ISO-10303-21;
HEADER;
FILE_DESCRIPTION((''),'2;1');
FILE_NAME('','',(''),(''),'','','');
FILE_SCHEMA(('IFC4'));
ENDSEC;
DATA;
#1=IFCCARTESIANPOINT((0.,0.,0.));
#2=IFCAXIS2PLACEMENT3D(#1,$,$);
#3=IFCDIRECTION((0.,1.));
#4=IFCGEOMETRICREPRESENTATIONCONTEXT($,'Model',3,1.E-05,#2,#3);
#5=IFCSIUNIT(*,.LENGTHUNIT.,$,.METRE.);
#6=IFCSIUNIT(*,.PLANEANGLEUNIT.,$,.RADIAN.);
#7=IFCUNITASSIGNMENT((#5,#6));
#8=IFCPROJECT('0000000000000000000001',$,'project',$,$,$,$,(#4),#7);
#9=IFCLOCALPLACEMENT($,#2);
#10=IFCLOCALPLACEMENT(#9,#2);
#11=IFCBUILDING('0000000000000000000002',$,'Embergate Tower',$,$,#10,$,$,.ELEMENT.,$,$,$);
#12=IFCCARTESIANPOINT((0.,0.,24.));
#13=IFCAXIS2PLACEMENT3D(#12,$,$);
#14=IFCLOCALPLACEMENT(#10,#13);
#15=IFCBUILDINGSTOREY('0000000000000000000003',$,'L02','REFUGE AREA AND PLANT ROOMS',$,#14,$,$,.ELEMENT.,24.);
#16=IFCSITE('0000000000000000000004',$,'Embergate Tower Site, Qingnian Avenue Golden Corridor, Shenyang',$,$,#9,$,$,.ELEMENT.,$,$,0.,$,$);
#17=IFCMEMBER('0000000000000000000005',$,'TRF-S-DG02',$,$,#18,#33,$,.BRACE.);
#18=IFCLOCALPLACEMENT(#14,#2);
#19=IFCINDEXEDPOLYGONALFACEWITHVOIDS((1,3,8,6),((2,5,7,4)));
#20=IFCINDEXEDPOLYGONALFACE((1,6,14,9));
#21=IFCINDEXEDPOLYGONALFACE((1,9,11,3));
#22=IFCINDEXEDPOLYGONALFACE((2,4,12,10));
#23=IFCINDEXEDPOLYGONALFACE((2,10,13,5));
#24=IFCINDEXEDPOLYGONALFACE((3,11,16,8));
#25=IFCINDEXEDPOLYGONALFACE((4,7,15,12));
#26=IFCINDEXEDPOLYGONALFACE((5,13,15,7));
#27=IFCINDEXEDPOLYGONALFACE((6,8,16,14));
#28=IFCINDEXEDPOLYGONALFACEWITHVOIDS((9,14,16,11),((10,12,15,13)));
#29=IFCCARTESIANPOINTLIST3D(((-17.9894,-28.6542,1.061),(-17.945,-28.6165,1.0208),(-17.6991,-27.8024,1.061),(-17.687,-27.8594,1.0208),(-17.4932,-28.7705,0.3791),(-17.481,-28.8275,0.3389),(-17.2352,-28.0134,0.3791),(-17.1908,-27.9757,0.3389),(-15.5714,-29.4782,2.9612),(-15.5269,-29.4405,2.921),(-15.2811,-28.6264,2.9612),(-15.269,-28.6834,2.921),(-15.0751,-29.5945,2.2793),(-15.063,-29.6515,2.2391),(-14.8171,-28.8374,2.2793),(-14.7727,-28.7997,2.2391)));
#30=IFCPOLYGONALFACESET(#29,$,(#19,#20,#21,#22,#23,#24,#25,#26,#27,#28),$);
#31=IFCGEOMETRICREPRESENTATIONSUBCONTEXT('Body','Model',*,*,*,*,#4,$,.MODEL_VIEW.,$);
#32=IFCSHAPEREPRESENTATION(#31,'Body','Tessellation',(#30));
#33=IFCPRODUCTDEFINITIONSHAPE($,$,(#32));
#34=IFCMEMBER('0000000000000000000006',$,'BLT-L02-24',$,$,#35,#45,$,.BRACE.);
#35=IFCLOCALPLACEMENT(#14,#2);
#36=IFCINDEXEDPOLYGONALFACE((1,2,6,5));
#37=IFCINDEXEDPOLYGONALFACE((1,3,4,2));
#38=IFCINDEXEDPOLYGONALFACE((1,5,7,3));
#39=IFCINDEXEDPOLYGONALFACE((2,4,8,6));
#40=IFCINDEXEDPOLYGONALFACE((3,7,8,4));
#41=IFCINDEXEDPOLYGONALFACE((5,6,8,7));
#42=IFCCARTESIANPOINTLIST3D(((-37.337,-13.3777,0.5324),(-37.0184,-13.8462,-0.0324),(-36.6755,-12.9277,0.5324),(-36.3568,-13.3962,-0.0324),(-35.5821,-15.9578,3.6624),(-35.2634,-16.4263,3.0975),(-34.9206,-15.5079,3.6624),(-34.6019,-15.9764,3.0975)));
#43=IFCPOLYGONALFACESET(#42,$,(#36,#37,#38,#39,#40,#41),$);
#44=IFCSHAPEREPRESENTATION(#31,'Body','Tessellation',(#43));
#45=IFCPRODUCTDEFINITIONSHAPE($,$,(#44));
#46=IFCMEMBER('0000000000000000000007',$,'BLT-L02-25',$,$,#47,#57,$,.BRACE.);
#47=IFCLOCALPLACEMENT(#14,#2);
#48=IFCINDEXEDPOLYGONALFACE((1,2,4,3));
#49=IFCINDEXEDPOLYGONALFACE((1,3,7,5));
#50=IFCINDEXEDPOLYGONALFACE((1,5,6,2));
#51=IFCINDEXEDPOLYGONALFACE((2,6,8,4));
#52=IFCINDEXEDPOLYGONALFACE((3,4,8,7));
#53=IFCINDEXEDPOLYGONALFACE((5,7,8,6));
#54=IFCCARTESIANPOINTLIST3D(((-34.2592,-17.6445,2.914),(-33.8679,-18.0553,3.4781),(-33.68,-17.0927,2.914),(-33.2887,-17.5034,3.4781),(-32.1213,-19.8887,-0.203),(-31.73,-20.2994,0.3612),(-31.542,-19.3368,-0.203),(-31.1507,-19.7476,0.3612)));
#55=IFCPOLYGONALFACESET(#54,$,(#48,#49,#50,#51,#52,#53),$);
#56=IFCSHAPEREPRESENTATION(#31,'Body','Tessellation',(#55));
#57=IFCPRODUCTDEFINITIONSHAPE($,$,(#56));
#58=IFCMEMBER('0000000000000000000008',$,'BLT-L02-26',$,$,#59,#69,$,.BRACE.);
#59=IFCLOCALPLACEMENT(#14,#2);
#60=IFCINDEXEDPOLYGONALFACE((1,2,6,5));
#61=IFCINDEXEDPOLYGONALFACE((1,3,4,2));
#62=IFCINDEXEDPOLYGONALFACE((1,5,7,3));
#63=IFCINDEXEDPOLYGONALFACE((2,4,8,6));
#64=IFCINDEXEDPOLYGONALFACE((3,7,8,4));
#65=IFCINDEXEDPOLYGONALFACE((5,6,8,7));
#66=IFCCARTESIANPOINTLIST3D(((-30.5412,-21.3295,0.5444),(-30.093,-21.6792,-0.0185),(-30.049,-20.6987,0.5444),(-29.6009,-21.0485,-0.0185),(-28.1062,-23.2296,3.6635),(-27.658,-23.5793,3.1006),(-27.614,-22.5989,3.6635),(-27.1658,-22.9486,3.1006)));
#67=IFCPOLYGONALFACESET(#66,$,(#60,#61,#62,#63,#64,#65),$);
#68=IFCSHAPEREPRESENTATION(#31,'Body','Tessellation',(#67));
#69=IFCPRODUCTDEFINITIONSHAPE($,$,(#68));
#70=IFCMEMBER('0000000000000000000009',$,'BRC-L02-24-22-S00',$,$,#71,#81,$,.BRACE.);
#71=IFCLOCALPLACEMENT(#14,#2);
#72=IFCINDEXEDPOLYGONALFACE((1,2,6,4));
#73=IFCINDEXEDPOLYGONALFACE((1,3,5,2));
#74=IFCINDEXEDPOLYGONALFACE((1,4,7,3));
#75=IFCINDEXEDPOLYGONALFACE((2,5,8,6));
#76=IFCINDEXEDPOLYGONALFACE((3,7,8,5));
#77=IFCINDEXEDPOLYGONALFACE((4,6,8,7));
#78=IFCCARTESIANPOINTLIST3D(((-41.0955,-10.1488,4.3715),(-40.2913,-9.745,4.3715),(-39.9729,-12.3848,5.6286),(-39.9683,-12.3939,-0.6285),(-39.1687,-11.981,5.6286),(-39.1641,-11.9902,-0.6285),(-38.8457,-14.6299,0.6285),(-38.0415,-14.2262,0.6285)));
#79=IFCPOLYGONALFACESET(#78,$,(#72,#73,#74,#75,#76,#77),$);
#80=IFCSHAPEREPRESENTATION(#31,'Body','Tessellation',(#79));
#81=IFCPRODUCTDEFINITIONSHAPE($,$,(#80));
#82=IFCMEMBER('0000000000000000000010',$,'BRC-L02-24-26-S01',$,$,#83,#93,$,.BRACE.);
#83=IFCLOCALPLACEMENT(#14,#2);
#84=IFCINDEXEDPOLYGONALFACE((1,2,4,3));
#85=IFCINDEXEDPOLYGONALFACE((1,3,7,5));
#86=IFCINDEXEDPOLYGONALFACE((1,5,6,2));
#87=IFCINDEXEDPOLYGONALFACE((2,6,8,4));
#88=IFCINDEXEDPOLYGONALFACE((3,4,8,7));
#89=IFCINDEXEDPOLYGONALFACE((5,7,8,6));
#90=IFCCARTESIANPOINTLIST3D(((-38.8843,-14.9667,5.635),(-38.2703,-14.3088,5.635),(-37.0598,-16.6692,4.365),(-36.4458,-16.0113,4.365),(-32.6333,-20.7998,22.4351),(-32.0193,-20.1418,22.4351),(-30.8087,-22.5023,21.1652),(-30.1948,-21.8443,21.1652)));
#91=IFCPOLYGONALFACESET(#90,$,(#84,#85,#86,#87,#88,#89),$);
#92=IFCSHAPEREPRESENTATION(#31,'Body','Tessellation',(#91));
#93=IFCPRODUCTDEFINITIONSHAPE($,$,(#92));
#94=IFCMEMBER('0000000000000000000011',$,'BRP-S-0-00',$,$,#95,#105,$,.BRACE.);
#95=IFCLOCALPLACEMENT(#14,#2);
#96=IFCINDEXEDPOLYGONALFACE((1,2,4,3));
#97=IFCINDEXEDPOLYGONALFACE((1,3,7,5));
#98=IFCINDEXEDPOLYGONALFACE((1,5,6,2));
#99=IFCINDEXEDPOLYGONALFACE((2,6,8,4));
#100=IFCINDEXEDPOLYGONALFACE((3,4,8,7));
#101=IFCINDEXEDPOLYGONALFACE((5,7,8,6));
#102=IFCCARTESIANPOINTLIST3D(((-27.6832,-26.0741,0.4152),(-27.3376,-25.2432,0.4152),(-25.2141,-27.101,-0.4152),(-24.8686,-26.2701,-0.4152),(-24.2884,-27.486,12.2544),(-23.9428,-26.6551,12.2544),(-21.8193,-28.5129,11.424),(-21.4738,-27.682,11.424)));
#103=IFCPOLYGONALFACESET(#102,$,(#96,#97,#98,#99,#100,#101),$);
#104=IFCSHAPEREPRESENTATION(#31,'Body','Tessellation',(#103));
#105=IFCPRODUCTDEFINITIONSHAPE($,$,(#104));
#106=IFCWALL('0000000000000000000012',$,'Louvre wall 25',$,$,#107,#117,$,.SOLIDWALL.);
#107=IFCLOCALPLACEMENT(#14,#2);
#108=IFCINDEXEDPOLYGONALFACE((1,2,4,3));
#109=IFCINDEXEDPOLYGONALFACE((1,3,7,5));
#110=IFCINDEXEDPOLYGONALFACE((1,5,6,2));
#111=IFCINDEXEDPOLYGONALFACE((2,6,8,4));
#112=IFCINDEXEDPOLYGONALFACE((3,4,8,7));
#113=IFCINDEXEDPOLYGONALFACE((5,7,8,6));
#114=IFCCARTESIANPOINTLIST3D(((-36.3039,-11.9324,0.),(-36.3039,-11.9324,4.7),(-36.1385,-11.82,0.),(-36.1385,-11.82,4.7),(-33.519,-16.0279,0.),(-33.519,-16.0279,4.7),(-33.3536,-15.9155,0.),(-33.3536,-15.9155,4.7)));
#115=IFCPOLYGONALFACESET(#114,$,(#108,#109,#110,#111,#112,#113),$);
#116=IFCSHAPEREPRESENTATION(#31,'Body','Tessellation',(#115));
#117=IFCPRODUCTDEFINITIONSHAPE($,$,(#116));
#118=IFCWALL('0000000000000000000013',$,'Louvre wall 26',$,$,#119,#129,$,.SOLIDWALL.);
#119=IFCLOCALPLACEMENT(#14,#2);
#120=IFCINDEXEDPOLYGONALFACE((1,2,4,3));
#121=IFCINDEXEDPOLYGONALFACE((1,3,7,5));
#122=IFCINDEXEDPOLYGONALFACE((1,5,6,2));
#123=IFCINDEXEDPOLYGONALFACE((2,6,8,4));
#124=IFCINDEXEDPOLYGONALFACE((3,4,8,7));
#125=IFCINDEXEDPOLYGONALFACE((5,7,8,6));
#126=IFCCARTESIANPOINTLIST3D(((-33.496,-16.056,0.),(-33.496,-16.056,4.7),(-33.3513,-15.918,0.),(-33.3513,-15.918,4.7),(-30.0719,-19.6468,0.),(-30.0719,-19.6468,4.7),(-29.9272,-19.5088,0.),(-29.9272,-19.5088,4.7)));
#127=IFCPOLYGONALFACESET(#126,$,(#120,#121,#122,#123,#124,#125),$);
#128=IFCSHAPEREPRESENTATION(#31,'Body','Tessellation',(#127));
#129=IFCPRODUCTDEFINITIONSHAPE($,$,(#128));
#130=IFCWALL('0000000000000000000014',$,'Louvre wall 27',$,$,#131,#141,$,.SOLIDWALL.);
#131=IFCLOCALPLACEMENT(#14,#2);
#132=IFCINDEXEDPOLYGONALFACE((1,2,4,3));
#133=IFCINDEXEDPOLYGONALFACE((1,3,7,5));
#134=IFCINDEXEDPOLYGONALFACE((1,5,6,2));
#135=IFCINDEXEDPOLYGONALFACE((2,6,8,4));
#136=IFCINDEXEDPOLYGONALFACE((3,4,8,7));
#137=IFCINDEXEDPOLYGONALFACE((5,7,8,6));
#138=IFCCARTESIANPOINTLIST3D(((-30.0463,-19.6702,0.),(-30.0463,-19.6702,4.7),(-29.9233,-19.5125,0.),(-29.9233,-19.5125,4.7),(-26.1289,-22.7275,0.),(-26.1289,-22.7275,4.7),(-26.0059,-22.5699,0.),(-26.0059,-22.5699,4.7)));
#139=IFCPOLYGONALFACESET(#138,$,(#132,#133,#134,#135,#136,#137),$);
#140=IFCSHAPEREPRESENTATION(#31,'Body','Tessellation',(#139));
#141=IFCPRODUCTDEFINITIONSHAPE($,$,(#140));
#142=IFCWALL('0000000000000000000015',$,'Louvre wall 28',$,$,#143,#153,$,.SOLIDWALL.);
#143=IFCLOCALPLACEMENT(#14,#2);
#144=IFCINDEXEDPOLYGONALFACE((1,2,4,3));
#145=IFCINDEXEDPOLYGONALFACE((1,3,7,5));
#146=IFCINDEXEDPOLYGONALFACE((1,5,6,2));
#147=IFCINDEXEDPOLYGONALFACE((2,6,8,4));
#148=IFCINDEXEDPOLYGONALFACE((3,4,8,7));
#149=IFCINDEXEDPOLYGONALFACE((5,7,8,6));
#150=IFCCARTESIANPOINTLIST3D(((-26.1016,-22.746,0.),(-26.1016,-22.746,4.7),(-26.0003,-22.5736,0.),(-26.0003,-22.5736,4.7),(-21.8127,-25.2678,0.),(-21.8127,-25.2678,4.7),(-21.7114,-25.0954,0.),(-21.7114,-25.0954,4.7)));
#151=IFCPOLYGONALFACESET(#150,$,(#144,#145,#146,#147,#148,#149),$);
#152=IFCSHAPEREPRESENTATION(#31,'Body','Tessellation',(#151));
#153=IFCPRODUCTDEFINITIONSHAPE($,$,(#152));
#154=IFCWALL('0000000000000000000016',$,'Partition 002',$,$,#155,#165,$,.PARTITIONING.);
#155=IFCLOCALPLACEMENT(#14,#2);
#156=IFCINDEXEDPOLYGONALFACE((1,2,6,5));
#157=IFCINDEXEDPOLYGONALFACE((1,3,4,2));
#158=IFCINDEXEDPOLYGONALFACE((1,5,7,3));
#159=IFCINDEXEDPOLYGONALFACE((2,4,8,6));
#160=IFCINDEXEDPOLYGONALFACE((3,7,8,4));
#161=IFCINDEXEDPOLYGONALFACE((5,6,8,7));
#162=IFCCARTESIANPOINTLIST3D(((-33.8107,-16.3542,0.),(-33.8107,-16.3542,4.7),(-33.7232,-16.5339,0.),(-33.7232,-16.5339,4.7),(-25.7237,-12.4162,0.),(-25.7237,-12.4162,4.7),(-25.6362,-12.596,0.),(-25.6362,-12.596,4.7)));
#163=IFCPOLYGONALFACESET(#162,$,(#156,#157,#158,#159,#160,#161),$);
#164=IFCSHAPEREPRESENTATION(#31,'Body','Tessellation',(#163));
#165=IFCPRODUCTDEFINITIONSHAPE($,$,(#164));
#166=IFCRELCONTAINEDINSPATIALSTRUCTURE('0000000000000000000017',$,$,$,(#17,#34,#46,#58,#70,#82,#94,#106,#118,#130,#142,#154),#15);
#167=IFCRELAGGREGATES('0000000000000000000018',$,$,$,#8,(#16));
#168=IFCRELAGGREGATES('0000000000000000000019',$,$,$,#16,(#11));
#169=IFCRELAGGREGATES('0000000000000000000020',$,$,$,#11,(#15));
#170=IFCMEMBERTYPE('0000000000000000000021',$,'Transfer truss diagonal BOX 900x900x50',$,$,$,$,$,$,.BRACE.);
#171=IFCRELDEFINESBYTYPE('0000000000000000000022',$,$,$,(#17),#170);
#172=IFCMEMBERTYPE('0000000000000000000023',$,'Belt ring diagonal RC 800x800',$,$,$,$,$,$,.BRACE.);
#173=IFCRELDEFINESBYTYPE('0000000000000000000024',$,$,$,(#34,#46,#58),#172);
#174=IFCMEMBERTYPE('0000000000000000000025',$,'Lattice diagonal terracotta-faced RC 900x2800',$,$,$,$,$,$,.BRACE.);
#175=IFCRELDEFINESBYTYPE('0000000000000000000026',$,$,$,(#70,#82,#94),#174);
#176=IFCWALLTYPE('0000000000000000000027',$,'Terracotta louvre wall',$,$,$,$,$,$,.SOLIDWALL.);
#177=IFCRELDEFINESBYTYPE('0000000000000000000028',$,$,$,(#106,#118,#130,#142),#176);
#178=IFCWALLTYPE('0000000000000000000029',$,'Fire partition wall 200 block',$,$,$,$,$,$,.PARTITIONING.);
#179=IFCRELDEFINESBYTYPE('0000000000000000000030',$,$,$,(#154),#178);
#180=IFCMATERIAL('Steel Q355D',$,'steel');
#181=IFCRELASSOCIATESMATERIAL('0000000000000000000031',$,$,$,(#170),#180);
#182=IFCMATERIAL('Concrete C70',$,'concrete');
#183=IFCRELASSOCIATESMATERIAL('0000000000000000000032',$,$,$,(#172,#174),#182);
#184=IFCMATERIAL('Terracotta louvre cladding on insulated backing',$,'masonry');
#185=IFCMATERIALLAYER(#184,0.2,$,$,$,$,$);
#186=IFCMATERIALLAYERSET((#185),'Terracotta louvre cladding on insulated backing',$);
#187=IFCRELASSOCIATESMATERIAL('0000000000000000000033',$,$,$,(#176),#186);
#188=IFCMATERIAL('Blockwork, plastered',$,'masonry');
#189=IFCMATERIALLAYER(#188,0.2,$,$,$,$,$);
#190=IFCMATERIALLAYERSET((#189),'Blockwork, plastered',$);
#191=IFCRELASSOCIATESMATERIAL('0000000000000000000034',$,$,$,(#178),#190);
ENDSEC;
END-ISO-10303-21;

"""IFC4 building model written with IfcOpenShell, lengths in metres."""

from ifc_helpers import new_model, si_unit, direction, frame, frame_2d, origin, origin_2d, place, context, subcontext, project, spatial, rectangle, hollow_rectangle, extrude, source, transform, mapped, material, layer, layer_set, material_profile, profile_set, type_object, element, save


model = new_model("IFC4")

# Units and contexts
model_context = context("Model", 3, precision=1e-05, world=origin(), true_north=direction((0.0, 1.0)))
body_context = subcontext(model_context, "Body", "Model", "MODEL_VIEW")
ifc_project = project(units=[si_unit("LENGTHUNIT", "METRE"), si_unit("PLANEANGLEUNIT", "RADIAN")], contexts=[model_context])

# Site, building, storey
site_placement = place(None, origin())
site = spatial("IfcSite", under=ifc_project, at=site_placement, Name="Embergate Tower Site, Qingnian Avenue Golden Corridor, Shenyang", CompositionType="ELEMENT", RefElevation=0.0)
building_placement = place(site_placement, origin())
building = spatial("IfcBuilding", under=site, at=building_placement, Name="Embergate Tower", CompositionType="ELEMENT")
storey_placement = place(building_placement, frame((0.0, 0.0, 24.0)))
storey = spatial("IfcBuildingStorey", under=building, at=storey_placement, Name="L02", Description="REFUGE AREA AND PLANT ROOMS", CompositionType="ELEMENT", Elevation=24.0)

# Shared definitions
ifc_material_1 = material(Name="Concrete C70", Category="concrete")

# Members
ifc_material_2 = material(Name="Steel Q355D", Category="steel")
ifc_material_profile_1 = material_profile(ifc_material_2, hollow_rectangle(XDim=0.8999, YDim=0.8999, WallThickness=0.05, at=origin_2d()), Name="BOX 900x900x50")
ifc_profile_set_1 = profile_set([ifc_material_profile_1], Name="Steel Q355 grade D")
member_type_1 = type_object("IfcMemberType", Name="Transfer truss diagonal BOX 900x900x50", PredefinedType="BRACE", material=ifc_profile_set_1)
shared_shape_1 = source(origin(), body_context, "Body", "SweptSolid", [
    extrude(hollow_rectangle(XDim=0.8999, YDim=0.8999, WallThickness=0.05, at=origin_2d()), origin(), (0.0, 0.0, 1.0), 3.1838),
])
member_1_placement = place(storey_placement, frame((-17.5901, -28.3149, 0.7), z_axis=(0.759479, -0.258809, 0.596832), x_axis=(0.322557, 0.94655, 0.0)))
element("IfcMember", 1, at=member_1_placement, inside=storey, type_object=member_type_1, Name="TRF-S-DG02", PredefinedType="BRACE", context=body_context, shape_type="MappedRepresentation", body=[
    mapped(shared_shape_1, transform((0.0, 0.0, 0.0))),
])
ifc_material_profile_2 = material_profile(ifc_material_1, rectangle(XDim=0.8, YDim=0.8, at=origin_2d()), Name="RC 800x800")
ifc_profile_set_2 = profile_set([ifc_material_profile_2], Name="Concrete C70")
member_type_2 = type_object("IfcMemberType", Name="Belt ring diagonal RC 800x800", PredefinedType="BRACE", material=ifc_profile_set_2)
shared_shape_2 = source(origin(), body_context, "Body", "SweptSolid", [
    extrude(rectangle(XDim=0.8, YDim=0.8, at=origin_2d()), origin(), (0.0, 0.0, 1.0), 4.4197),
])
member_2_placement = place(storey_placement, frame((-36.8469, -13.387, 0.25), z_axis=(0.397071, -0.583785, 0.708187), x_axis=(0.826862, 0.562404, 0.0)))
element("IfcMember", 2, at=member_2_placement, inside=storey, type_object=member_type_2, Name="BLT-L02-24", PredefinedType="BRACE", context=body_context, shape_type="MappedRepresentation", body=[
    mapped(shared_shape_2, transform((0.0, 0.0, 0.0))),
])
shared_shape_3 = source(origin(), body_context, "Body", "SweptSolid", [
    extrude(rectangle(XDim=0.8, YDim=0.8, at=origin_2d()), origin(), (0.0, 0.0, 1.0), 4.3958),
])
member_3_placement = place(storey_placement, frame((-31.636, -19.8181, 0.0791), z_axis=(-0.486369, 0.510529, 0.709087), x_axis=(-0.724031, -0.689767, 0.0)))
element("IfcMember", 3, at=member_3_placement, inside=storey, type_object=member_type_2, Name="BLT-L02-25", PredefinedType="BRACE", context=body_context, shape_type="MappedRepresentation", body=[
    mapped(shared_shape_3, transform((0.0, 0.0, 0.0))),
])
shared_shape_4 = source(origin(), body_context, "Body", "SweptSolid", [
    extrude(rectangle(XDim=0.8, YDim=0.8, at=origin_2d()), origin(), (0.0, 0.0, 1.0), 4.3896),
])
member_4_placement = place(storey_placement, frame((-30.071, -21.189, 0.2629), z_axis=(0.554726, -0.432869, 0.710566), x_axis=(0.615193, 0.788377, 0.0)))
element("IfcMember", 4, at=member_4_placement, inside=storey, type_object=member_type_2, Name="BLT-L02-26", PredefinedType="BRACE", context=body_context, shape_type="MappedRepresentation", body=[
    mapped(shared_shape_4, transform((0.0, 0.0, 0.0))),
])
ifc_material_profile_3 = material_profile(ifc_material_1, rectangle(XDim=0.8999, YDim=2.8, at=origin_2d()), Name="RC 900x2800")
ifc_profile_set_3 = profile_set([ifc_material_profile_3], Name="Concrete C70")
member_type_3 = type_object("IfcMemberType", Name="Lattice diagonal terracotta-faced RC 900x2800", PredefinedType="BRACE", material=ifc_profile_set_3)
shared_shape_5 = source(origin(), body_context, "Body", "SweptSolid", [
    extrude(rectangle(XDim=0.8999, YDim=2.8, at=origin_2d()), origin(), (0.0, 0.0, 1.0), 5.5957),
])
member_5_placement = place(storey_placement, frame((-39.0049, -13.3101, 0.0), z_axis=(-0.201442, 0.401227, 0.893554), x_axis=(-0.893687, -0.44869, 0.0)))
element("IfcMember", 5, at=member_5_placement, inside=storey, type_object=member_type_3, Name="BRC-L02-24-22-S00", PredefinedType="BRACE", context=body_context, shape_type="MappedRepresentation", body=[
    mapped(shared_shape_5, transform((0.0, 0.0, 0.0))),
])
shared_shape_6 = source(origin(), body_context, "Body", "SweptSolid", [
    extrude(rectangle(XDim=0.8999, YDim=2.8, at=origin_2d()), origin(), (0.0, 0.0, 1.0), 18.8506),
])
member_6_placement = place(storey_placement, frame((-37.665, -15.489, 5.0), z_axis=(0.331608, -0.309436, 0.891227), x_axis=(0.682241, 0.731127, 0.0)))
element("IfcMember", 6, at=member_6_placement, inside=storey, type_object=member_type_3, Name="BRC-L02-24-26-S01", PredefinedType="BRACE", context=body_context, shape_type="MappedRepresentation", body=[
    mapped(shared_shape_6, transform((0.0, 0.0, 0.0))),
])
shared_shape_7 = source(origin(), body_context, "Body", "SweptSolid", [
    extrude(rectangle(XDim=0.8999, YDim=2.8, at=origin_2d()), origin(), (0.0, 0.0, 1.0), 12.397),
])
member_7_placement = place(storey_placement, frame((-26.2759, -26.1721, 0.0), z_axis=(0.273841, -0.113889, 0.955008), x_axis=(0.384007, 0.92333, 0.0)))
element("IfcMember", 7, at=member_7_placement, inside=storey, type_object=member_type_3, Name="BRP-S-0-00", PredefinedType="BRACE", context=body_context, shape_type="MappedRepresentation", body=[
    mapped(shared_shape_7, transform((0.0, 0.0, 0.0))),
])

# Walls
ifc_material_3 = material(Name="Terracotta louvre cladding on insulated backing", Category="masonry")
ifc_layer_1 = layer(ifc_material_3, 0.2)
ifc_layer_set_1 = layer_set([ifc_layer_1], Name="Terracotta louvre cladding on insulated backing")
wall_type_1 = type_object("IfcWallType", Name="Terracotta louvre wall", PredefinedType="SOLIDWALL", material=ifc_layer_set_1)
shared_shape_8 = source(origin(), body_context, "Body", "SweptSolid", [
    extrude(rectangle(XDim=4.9526, YDim=0.2, at=frame_2d((2.4763, 0.0))), origin(), (0.0, 0.0, 1.0), 4.7),
])
wall_1_placement = place(storey_placement, frame((-33.4363, -15.9717, 0.0), z_axis=(0.0, 0.0, 1.0), x_axis=(-0.56231, 0.826927, 0.0)))
element("IfcWall", 8, at=wall_1_placement, inside=storey, type_object=wall_type_1, Name="Louvre wall 25", PredefinedType="SOLIDWALL", context=body_context, shape_type="MappedRepresentation", body=[
    mapped(shared_shape_8, transform((0.0, 0.0, 0.0))),
])
shared_shape_9 = source(origin(), body_context, "Body", "SweptSolid", [
    extrude(rectangle(XDim=4.9617, YDim=0.2, at=frame_2d((2.481, 0.0))), origin(), (0.0, 0.0, 1.0), 4.7),
])
wall_2_placement = place(storey_placement, frame((-29.9995, -19.5779, 0.0), z_axis=(0.0, 0.0, 1.0), x_axis=(-0.690104, 0.723711, 0.0)))
element("IfcWall", 9, at=wall_2_placement, inside=storey, type_object=wall_type_1, Name="Louvre wall 26", PredefinedType="SOLIDWALL", context=body_context, shape_type="MappedRepresentation", body=[
    mapped(shared_shape_9, transform((0.0, 0.0, 0.0))),
])
shared_shape_10 = source(origin(), body_context, "Body", "SweptSolid", [
    extrude(rectangle(XDim=4.9692, YDim=0.2, at=frame_2d((2.4846, 0.0))), origin(), (0.0, 0.0, 1.0), 4.7),
])
wall_3_placement = place(storey_placement, frame((-26.0674, -22.6487, 0.0), z_axis=(0.0, 0.0, 1.0), x_axis=(-0.788333, 0.615249, 0.0)))
element("IfcWall", 10, at=wall_3_placement, inside=storey, type_object=wall_type_1, Name="Louvre wall 27", PredefinedType="SOLIDWALL", context=body_context, shape_type="MappedRepresentation", body=[
    mapped(shared_shape_10, transform((0.0, 0.0, 0.0))),
])
shared_shape_11 = source(origin(), body_context, "Body", "SweptSolid", [
    extrude(rectangle(XDim=4.9753, YDim=0.2, at=frame_2d((2.4878, 0.0))), origin(), (0.0, 0.0, 1.0), 4.7),
])
wall_4_placement = place(storey_placement, frame((-21.762, -25.1816, 0.0), z_axis=(0.0, 0.0, 1.0), x_axis=(-0.862031, 0.506855, 0.0)))
element("IfcWall", 11, at=wall_4_placement, inside=storey, type_object=wall_type_1, Name="Louvre wall 28", PredefinedType="SOLIDWALL", context=body_context, shape_type="MappedRepresentation", body=[
    mapped(shared_shape_11, transform((0.0, 0.0, 0.0))),
])
ifc_material_4 = material(Name="Blockwork, plastered", Category="masonry")
ifc_layer_2 = layer(ifc_material_4, 0.2)
ifc_layer_set_2 = layer_set([ifc_layer_2], Name="Blockwork, plastered")
wall_type_2 = type_object("IfcWallType", Name="Fire partition wall 200 block", PredefinedType="PARTITIONING", material=ifc_layer_set_2)
shared_shape_12 = source(origin(), body_context, "Body", "SweptSolid", [
    extrude(rectangle(XDim=8.9949, YDim=0.2, at=frame_2d((4.4976, 0.0))), origin(), (0.0, 0.0, 1.0), 4.7),
])
wall_5_placement = place(storey_placement, frame((-33.7671, -16.4441, 0.0), z_axis=(0.0, 0.0, 1.0), x_axis=(0.899073, 0.437798, 0.0)))
element("IfcWall", 12, at=wall_5_placement, inside=storey, type_object=wall_type_2, Name="Partition 002", PredefinedType="PARTITIONING", context=body_context, shape_type="MappedRepresentation", body=[
    mapped(shared_shape_12, transform((0.0, 0.0, 0.0))),
])

save(model, "model.ifc")
